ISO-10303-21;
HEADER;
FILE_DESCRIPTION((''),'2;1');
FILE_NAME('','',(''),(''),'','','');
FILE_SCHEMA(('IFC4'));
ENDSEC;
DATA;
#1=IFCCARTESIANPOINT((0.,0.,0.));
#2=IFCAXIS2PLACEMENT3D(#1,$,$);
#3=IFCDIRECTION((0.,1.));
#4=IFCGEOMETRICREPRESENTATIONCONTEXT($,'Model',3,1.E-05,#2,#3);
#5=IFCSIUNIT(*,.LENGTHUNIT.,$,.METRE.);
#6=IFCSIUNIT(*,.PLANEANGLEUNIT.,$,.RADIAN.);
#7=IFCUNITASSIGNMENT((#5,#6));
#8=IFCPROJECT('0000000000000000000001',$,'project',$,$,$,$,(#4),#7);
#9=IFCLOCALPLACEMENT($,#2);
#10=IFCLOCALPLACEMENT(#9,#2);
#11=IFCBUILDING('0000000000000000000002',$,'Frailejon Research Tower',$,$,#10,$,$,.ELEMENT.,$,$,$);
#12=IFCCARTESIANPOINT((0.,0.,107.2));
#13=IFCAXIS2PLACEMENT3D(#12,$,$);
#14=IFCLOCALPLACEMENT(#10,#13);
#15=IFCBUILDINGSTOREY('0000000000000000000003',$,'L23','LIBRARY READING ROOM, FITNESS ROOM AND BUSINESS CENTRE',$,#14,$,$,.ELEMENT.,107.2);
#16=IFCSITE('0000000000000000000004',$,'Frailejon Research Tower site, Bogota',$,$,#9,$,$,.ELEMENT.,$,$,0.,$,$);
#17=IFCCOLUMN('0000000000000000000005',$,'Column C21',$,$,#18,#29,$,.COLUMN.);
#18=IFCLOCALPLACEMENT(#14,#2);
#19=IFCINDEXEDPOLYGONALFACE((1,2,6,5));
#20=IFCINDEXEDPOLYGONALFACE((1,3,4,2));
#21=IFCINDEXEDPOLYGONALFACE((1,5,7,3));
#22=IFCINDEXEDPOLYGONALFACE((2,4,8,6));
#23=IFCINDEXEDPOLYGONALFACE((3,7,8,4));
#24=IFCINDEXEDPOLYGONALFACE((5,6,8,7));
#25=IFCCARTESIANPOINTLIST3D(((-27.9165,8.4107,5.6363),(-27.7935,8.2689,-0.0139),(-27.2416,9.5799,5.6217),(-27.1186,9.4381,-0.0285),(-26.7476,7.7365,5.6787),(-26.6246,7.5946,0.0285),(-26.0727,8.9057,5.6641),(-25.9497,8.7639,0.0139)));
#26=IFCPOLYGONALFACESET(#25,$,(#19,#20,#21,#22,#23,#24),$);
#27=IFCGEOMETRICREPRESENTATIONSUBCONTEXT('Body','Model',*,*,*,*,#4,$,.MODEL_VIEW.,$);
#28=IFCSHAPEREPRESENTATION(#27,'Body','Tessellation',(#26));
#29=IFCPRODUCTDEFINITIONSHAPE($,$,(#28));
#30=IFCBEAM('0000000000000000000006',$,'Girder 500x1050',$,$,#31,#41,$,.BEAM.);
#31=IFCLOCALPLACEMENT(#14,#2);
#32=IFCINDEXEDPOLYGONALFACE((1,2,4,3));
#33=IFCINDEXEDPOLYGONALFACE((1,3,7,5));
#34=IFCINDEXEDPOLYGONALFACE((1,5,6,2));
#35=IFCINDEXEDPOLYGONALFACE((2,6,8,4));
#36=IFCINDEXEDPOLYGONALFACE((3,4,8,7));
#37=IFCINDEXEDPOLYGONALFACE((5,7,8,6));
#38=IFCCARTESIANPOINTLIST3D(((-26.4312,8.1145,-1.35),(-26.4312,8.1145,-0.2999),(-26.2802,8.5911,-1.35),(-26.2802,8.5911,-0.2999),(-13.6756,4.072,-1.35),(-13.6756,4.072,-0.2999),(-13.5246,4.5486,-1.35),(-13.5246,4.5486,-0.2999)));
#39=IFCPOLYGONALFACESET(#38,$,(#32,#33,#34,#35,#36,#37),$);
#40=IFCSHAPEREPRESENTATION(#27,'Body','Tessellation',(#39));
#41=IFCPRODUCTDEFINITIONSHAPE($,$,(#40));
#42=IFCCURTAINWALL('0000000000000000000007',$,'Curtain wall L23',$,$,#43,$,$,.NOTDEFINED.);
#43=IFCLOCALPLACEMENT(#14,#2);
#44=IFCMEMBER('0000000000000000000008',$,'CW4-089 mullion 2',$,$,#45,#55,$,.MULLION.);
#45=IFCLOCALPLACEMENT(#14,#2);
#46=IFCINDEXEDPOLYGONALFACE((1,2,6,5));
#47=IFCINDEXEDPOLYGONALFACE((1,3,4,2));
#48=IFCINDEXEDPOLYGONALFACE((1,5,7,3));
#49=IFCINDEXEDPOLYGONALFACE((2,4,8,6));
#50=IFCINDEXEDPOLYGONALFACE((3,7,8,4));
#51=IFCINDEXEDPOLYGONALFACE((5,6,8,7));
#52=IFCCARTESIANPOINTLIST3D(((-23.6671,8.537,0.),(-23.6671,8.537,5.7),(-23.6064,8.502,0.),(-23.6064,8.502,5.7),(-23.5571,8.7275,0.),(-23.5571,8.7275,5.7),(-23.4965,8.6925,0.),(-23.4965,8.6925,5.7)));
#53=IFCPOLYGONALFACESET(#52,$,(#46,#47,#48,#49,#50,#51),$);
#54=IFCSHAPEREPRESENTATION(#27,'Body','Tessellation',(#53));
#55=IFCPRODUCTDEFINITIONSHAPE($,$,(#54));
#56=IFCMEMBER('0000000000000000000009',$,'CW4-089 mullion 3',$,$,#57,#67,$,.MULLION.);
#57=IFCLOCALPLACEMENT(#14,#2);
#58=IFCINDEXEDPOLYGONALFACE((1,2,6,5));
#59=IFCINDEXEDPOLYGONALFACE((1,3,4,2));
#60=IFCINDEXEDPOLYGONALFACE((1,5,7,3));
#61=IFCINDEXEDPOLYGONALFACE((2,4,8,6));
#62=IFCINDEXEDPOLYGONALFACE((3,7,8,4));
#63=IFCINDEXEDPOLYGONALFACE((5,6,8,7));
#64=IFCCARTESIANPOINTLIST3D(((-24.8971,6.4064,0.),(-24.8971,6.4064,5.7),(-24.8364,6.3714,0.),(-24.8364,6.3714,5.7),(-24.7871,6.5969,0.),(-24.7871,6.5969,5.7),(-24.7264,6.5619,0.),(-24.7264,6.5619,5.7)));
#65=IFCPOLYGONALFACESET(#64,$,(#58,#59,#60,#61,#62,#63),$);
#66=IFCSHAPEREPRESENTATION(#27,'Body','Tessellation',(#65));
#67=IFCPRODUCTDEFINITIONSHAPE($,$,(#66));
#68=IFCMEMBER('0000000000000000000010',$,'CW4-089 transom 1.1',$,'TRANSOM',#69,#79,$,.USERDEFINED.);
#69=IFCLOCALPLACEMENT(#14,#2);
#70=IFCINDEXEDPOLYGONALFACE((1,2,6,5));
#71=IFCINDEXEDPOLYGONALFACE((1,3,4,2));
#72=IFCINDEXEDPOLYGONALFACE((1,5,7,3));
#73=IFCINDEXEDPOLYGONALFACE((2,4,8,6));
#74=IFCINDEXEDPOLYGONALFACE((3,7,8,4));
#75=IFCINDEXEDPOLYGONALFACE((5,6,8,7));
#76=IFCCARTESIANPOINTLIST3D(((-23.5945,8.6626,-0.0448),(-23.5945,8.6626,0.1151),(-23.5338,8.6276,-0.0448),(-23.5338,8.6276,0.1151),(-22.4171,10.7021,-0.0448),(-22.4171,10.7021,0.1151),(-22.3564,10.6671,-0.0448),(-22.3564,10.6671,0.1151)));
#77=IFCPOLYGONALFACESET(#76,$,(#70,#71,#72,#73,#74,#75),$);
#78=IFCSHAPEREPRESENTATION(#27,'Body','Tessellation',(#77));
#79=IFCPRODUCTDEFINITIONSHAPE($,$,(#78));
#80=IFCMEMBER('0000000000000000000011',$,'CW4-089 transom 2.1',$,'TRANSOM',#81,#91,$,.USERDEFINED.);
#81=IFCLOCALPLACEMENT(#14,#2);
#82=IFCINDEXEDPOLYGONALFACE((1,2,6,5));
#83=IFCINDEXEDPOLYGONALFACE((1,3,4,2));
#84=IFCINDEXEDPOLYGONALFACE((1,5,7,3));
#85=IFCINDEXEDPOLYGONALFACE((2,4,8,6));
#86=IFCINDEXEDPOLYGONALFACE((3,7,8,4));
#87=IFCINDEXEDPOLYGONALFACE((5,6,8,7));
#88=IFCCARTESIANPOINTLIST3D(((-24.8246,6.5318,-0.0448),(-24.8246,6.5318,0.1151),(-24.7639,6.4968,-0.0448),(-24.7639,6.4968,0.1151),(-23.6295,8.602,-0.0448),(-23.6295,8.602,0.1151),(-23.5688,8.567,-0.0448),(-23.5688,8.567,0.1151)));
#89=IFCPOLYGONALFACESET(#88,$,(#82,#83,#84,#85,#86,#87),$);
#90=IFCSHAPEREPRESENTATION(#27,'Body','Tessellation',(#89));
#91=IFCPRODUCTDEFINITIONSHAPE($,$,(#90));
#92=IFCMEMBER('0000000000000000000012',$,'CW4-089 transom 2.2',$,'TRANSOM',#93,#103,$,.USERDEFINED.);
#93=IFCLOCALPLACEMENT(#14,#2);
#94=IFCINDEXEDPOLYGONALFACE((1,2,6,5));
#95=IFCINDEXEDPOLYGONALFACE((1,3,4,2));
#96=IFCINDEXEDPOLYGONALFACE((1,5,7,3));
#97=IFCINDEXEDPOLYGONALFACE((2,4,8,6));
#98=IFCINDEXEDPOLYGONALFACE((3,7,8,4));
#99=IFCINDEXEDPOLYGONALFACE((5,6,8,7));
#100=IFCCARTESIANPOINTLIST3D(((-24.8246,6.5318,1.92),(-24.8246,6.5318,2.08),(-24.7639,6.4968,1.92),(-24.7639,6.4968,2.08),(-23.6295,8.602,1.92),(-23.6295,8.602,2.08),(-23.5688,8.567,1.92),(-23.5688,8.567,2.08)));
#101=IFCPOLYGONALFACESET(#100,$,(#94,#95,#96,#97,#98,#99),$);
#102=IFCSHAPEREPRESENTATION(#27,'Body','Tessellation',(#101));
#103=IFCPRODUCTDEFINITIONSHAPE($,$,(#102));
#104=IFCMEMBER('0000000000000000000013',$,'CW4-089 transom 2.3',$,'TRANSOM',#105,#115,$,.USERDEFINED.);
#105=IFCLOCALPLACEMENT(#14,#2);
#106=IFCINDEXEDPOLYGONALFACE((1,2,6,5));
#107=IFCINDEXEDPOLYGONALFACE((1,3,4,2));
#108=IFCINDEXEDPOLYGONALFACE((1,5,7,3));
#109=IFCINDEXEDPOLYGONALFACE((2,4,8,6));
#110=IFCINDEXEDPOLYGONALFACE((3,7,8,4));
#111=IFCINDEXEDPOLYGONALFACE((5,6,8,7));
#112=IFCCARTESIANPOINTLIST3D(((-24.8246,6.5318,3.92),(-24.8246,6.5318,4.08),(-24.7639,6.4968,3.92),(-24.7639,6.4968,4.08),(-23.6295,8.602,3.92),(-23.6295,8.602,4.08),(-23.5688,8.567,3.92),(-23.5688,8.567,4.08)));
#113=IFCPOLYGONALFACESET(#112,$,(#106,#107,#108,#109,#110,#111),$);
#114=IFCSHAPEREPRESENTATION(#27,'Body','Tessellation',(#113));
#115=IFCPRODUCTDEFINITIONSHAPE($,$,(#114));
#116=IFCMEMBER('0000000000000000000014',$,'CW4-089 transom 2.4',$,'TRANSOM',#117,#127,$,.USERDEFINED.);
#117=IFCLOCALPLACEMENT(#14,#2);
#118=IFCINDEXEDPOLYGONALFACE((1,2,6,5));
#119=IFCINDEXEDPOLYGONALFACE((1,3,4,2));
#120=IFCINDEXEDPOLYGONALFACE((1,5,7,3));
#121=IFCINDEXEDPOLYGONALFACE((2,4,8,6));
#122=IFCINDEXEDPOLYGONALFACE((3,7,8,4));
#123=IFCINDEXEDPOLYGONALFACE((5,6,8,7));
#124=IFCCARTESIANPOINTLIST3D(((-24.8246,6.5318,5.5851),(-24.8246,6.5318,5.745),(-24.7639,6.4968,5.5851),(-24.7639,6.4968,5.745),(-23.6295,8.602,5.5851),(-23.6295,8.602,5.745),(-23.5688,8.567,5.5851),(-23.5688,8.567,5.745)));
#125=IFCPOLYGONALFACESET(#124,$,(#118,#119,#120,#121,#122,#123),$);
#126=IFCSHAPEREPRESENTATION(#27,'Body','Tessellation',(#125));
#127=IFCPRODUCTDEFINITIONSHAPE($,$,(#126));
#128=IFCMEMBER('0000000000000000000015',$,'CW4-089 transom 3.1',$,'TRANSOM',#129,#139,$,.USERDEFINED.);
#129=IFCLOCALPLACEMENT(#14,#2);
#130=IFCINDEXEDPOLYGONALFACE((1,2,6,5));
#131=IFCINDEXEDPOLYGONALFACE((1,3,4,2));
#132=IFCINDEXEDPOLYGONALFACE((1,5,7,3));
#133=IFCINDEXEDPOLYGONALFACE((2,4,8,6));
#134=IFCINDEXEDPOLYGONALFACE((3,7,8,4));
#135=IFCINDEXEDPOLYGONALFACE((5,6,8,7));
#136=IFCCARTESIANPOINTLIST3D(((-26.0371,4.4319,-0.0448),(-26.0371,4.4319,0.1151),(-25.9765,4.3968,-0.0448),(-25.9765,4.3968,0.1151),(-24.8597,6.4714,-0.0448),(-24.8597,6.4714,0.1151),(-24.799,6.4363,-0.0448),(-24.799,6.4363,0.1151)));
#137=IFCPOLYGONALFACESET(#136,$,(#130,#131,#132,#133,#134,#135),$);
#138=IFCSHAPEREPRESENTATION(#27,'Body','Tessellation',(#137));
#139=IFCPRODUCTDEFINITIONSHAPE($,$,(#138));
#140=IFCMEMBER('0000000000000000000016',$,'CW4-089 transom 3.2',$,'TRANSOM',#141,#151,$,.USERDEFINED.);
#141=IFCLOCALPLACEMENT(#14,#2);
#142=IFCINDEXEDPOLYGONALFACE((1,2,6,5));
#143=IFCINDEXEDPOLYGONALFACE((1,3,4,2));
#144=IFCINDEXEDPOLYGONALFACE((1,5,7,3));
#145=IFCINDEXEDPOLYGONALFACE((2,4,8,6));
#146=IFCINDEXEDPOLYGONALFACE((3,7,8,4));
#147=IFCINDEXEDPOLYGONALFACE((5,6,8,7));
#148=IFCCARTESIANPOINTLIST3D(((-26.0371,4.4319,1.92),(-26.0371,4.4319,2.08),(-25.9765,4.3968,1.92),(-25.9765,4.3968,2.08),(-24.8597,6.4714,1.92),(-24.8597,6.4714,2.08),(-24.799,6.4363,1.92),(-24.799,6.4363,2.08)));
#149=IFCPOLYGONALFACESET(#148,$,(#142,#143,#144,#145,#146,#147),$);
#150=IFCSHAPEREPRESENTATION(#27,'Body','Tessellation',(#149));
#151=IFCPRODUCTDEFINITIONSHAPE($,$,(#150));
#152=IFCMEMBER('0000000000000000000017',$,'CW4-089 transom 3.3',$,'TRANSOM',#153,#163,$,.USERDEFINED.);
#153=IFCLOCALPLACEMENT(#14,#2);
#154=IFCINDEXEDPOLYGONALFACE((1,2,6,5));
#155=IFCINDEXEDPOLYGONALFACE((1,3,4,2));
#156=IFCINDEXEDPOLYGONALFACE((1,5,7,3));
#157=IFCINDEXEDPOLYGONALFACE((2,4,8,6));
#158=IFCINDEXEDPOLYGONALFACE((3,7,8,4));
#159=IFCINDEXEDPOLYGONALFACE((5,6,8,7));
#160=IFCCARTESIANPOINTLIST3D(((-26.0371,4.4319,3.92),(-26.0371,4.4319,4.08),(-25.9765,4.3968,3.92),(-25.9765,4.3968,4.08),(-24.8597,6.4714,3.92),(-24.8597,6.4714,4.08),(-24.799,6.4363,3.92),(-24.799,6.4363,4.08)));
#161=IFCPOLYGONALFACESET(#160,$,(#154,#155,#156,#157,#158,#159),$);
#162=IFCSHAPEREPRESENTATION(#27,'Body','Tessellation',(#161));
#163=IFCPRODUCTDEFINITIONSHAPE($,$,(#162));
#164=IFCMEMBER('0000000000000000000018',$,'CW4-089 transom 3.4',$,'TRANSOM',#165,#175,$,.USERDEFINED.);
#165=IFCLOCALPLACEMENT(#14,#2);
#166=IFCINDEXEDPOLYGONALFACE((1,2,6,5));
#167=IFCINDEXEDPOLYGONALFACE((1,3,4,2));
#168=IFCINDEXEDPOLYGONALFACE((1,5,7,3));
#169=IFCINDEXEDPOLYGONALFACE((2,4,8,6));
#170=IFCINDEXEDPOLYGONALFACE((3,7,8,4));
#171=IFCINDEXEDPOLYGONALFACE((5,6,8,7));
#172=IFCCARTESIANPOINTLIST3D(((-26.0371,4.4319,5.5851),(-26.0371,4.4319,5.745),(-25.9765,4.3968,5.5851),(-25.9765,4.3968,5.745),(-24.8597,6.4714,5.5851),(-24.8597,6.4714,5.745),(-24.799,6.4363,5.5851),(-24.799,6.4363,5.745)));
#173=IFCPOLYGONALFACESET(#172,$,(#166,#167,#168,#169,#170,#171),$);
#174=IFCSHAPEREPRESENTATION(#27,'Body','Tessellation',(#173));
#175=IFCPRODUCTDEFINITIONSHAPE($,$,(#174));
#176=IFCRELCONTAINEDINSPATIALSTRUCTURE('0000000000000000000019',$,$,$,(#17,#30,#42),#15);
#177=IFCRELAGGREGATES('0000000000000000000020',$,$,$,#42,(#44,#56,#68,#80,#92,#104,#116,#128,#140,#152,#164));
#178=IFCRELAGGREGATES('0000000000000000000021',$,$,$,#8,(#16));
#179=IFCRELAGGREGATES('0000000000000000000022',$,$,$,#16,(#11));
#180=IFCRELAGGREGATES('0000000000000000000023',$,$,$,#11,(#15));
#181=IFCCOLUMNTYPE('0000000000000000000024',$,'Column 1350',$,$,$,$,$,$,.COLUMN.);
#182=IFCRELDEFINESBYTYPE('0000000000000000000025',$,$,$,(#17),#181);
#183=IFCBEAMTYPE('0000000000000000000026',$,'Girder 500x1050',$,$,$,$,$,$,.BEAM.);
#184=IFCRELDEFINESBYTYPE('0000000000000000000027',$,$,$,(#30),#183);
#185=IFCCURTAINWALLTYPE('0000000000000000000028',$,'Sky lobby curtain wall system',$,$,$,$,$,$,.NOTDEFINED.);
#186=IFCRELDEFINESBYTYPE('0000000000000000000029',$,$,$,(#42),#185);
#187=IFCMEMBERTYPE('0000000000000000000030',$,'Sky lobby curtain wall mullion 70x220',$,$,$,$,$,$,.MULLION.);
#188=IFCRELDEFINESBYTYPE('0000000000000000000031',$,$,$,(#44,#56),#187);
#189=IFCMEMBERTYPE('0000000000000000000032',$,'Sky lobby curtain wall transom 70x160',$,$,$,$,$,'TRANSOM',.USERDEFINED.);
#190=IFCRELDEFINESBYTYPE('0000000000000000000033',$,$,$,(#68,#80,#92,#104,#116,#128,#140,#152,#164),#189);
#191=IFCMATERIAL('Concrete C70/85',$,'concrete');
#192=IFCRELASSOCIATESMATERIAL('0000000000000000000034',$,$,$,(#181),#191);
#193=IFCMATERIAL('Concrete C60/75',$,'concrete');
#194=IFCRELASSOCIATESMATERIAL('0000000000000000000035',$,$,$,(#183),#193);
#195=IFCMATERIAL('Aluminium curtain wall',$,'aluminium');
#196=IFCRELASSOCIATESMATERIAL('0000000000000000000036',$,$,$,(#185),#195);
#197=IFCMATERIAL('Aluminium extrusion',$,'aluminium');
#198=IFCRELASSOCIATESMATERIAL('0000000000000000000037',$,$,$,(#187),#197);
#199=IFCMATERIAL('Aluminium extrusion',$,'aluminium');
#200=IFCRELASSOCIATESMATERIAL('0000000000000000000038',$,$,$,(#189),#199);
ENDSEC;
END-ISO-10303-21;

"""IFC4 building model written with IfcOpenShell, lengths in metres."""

from ifc_helpers import new_model, si_unit, direction, frame, origin, origin_2d, place, context, subcontext, project, spatial, rectangle, extrude, material, material_profile, profile_set, type_object, element, aggregate, save


model = new_model("IFC4")

# Units and contexts
model_context = context("Model", 3, precision=1e-05, world=origin(), true_north=direction((0.0, 1.0)))
body_context = subcontext(model_context, "Body", "Model", "MODEL_VIEW")
ifc_project = project(units=[si_unit("LENGTHUNIT", "METRE"), si_unit("PLANEANGLEUNIT", "RADIAN")], contexts=[model_context])

# Site, building, storey
site_placement = place(None, origin())
site = spatial("IfcSite", under=ifc_project, at=site_placement, Name="Frailejon Research Tower site, Bogota", CompositionType="ELEMENT", RefElevation=0.0)
building_placement = place(site_placement, origin())
building = spatial("IfcBuilding", under=site, at=building_placement, Name="Frailejon Research Tower", CompositionType="ELEMENT")
storey_placement = place(building_placement, frame((0.0, 0.0, 107.2)))
storey = spatial("IfcBuildingStorey", under=building, at=storey_placement, Name="L23", Description="LIBRARY READING ROOM, FITNESS ROOM AND BUSINESS CENTRE", CompositionType="ELEMENT", Elevation=107.2)

# Column
ifc_material_1 = material(Name="Concrete C70/85", Category="concrete")
ifc_material_profile_1 = material_profile(ifc_material_1, rectangle(XDim=1.3501, YDim=1.3501, at=origin_2d()), Name="Column 1350")
ifc_profile_set_1 = profile_set([ifc_material_profile_1], Name="Concrete C70/85")
column_type = type_object("IfcColumnType", Name="Column 1350", PredefinedType="COLUMN", material=ifc_profile_set_1)
column_placement = place(storey_placement, frame((-26.8716, 8.5164, 0.0), z_axis=(-0.021766, 0.025091, 0.999448), x_axis=(-0.499891, -0.866021, 0.010855)))
element("IfcColumn", 1, at=column_placement, inside=storey, type_object=column_type, Name="Column C21", PredefinedType="COLUMN", context=body_context, shape_type="SweptSolid", body=[
    extrude(rectangle(XDim=1.3501, YDim=1.3501, at=origin_2d()), origin(), (0.0, 0.0, 1.0), 5.6533),
])

# Beam
ifc_material_2 = material(Name="Concrete C60/75", Category="concrete")
ifc_material_profile_2 = material_profile(ifc_material_2, rectangle(XDim=0.5, YDim=1.05, at=origin_2d()), Name="Girder 500x1050")
ifc_profile_set_2 = profile_set([ifc_material_profile_2], Name="Concrete C60/75")
beam_type_1 = type_object("IfcBeamType", Name="Girder 500x1050", PredefinedType="BEAM", material=ifc_profile_set_2)
beam_1_placement = place(storey_placement, frame((-26.3557, 8.3528, -0.825), z_axis=(0.953273, -0.302109, 0.0), x_axis=(0.302109, 0.953273, 0.0)))
element("IfcBeam", 2, at=beam_1_placement, inside=storey, type_object=beam_type_1, Name="Girder 500x1050", PredefinedType="BEAM", context=body_context, shape_type="SweptSolid", body=[
    extrude(rectangle(XDim=0.5, YDim=1.05, at=origin_2d()), origin(), (0.0, 0.0, 1.0), 13.3809),
])

# Curtain wall, members
ifc_material_3 = material(Name="Aluminium curtain wall", Category="aluminium")
curtain_wall_type = type_object("IfcCurtainWallType", Name="Sky lobby curtain wall system", PredefinedType="NOTDEFINED", material=ifc_material_3)
curtain_wall_placement = place(storey_placement, origin())
curtain_wall = element("IfcCurtainWall", 3, at=curtain_wall_placement, inside=storey, type_object=curtain_wall_type, Name="Curtain wall L23", PredefinedType="NOTDEFINED")
ifc_material_4 = material(Name="Aluminium extrusion", Category="aluminium")
ifc_material_profile_3 = material_profile(ifc_material_4, rectangle(XDim=0.0701, YDim=0.22, at=origin_2d()), Name="Sky lobby curtain wall mullion 70x220")
ifc_profile_set_3 = profile_set([ifc_material_profile_3], Name="Aluminium extrusion")
member_type_1 = type_object("IfcMemberType", Name="Sky lobby curtain wall mullion 70x220", PredefinedType="MULLION", material=ifc_profile_set_3)
member_1_placement = place(storey_placement, frame((-23.5818, 8.6147, 0.0), z_axis=(0.0, 0.0, 1.0), x_axis=(0.866028, -0.499995, 0.0)))
member_1 = element("IfcMember", 4, at=member_1_placement, type_object=member_type_1, Name="CW4-089 mullion 2", PredefinedType="MULLION", context=body_context, shape_type="SweptSolid", body=[
    extrude(rectangle(XDim=0.0701, YDim=0.22, at=origin_2d()), origin(), (0.0, 0.0, 1.0), 5.7),
])
member_2_placement = place(storey_placement, frame((-24.8118, 6.4841, 0.0), z_axis=(0.0, 0.0, 1.0), x_axis=(0.866028, -0.499995, 0.0)))
member_2 = element("IfcMember", 5, at=member_2_placement, type_object=member_type_1, Name="CW4-089 mullion 3", PredefinedType="MULLION", context=body_context, shape_type="SweptSolid", body=[
    extrude(rectangle(XDim=0.0701, YDim=0.22, at=origin_2d()), origin(), (0.0, 0.0, 1.0), 5.7),
])
ifc_material_5 = material(Name="Aluminium extrusion", Category="aluminium")
ifc_material_profile_4 = material_profile(ifc_material_5, rectangle(XDim=0.0701, YDim=0.1599, at=origin_2d()), Name="Sky lobby curtain wall transom 70x160")
ifc_profile_set_4 = profile_set([ifc_material_profile_4], Name="Aluminium extrusion")
member_type_2 = type_object("IfcMemberType", Name="Sky lobby curtain wall transom 70x160", ElementType="TRANSOM", PredefinedType="USERDEFINED", material=ifc_profile_set_4)
member_3_placement = place(storey_placement, frame((-22.3867, 10.6846, 0.0352), z_axis=(-0.499986, -0.866034, 0.0), x_axis=(0.866034, -0.499986, 0.0)))
member_3 = element("IfcMember", 6, at=member_3_placement, type_object=member_type_2, Name="CW4-089 transom 1.1", ObjectType="TRANSOM", PredefinedType="USERDEFINED", context=body_context, shape_type="SweptSolid", body=[
    extrude(rectangle(XDim=0.0701, YDim=0.1599, at=origin_2d()), origin(), (0.0, 0.0, 1.0), 2.355),
])
member_4_placement = place(storey_placement, frame((-23.5991, 8.5845, 0.0352), z_axis=(-0.499973, -0.866041, 0.0), x_axis=(0.866041, -0.499973, 0.0)))
member_4 = element("IfcMember", 7, at=member_4_placement, type_object=member_type_2, Name="CW4-089 transom 2.1", ObjectType="TRANSOM", PredefinedType="USERDEFINED", context=body_context, shape_type="SweptSolid", body=[
    extrude(rectangle(XDim=0.0701, YDim=0.1599, at=origin_2d()), origin(), (0.0, 0.0, 1.0), 2.3904),
])
member_5_placement = place(storey_placement, frame((-23.5991, 8.5845, 2.0), z_axis=(-0.499973, -0.866041, 0.0), x_axis=(0.866041, -0.499973, 0.0)))
member_5 = element("IfcMember", 8, at=member_5_placement, type_object=member_type_2, Name="CW4-089 transom 2.2", ObjectType="TRANSOM", PredefinedType="USERDEFINED", context=body_context, shape_type="SweptSolid", body=[
    extrude(rectangle(XDim=0.0701, YDim=0.1599, at=origin_2d()), origin(), (0.0, 0.0, 1.0), 2.3904),
])
member_6_placement = place(storey_placement, frame((-23.5991, 8.5845, 4.0), z_axis=(-0.499973, -0.866041, 0.0), x_axis=(0.866041, -0.499973, 0.0)))
member_6 = element("IfcMember", 9, at=member_6_placement, type_object=member_type_2, Name="CW4-089 transom 2.3", ObjectType="TRANSOM", PredefinedType="USERDEFINED", context=body_context, shape_type="SweptSolid", body=[
    extrude(rectangle(XDim=0.0701, YDim=0.1599, at=origin_2d()), origin(), (0.0, 0.0, 1.0), 2.3904),
])
member_7_placement = place(storey_placement, frame((-23.5991, 8.5845, 5.665), z_axis=(-0.499973, -0.866041, 0.0), x_axis=(0.866041, -0.499973, 0.0)))
member_7 = element("IfcMember", 10, at=member_7_placement, type_object=member_type_2, Name="CW4-089 transom 2.4", ObjectType="TRANSOM", PredefinedType="USERDEFINED", context=body_context, shape_type="SweptSolid", body=[
    extrude(rectangle(XDim=0.0701, YDim=0.1599, at=origin_2d()), origin(), (0.0, 0.0, 1.0), 2.3904),
])
member_8_placement = place(storey_placement, frame((-24.8293, 6.4539, 0.0352), z_axis=(-0.499986, -0.866034, 0.0), x_axis=(0.866034, -0.499986, 0.0)))
member_8 = element("IfcMember", 11, at=member_8_placement, type_object=member_type_2, Name="CW4-089 transom 3.1", ObjectType="TRANSOM", PredefinedType="USERDEFINED", context=body_context, shape_type="SweptSolid", body=[
    extrude(rectangle(XDim=0.0701, YDim=0.1599, at=origin_2d()), origin(), (0.0, 0.0, 1.0), 2.355),
])
member_9_placement = place(storey_placement, frame((-24.8293, 6.4539, 2.0), z_axis=(-0.499986, -0.866034, 0.0), x_axis=(0.866034, -0.499986, 0.0)))
member_9 = element("IfcMember", 12, at=member_9_placement, type_object=member_type_2, Name="CW4-089 transom 3.2", ObjectType="TRANSOM", PredefinedType="USERDEFINED", context=body_context, shape_type="SweptSolid", body=[
    extrude(rectangle(XDim=0.0701, YDim=0.1599, at=origin_2d()), origin(), (0.0, 0.0, 1.0), 2.355),
])
member_10_placement = place(storey_placement, frame((-24.8293, 6.4539, 4.0), z_axis=(-0.499986, -0.866034, 0.0), x_axis=(0.866034, -0.499986, 0.0)))
member_10 = element("IfcMember", 13, at=member_10_placement, type_object=member_type_2, Name="CW4-089 transom 3.3", ObjectType="TRANSOM", PredefinedType="USERDEFINED", context=body_context, shape_type="SweptSolid", body=[
    extrude(rectangle(XDim=0.0701, YDim=0.1599, at=origin_2d()), origin(), (0.0, 0.0, 1.0), 2.355),
])
member_11_placement = place(storey_placement, frame((-24.8293, 6.4539, 5.665), z_axis=(-0.499986, -0.866034, 0.0), x_axis=(0.866034, -0.499986, 0.0)))
member_11 = element("IfcMember", 14, at=member_11_placement, type_object=member_type_2, Name="CW4-089 transom 3.4", ObjectType="TRANSOM", PredefinedType="USERDEFINED", context=body_context, shape_type="SweptSolid", body=[
    extrude(rectangle(XDim=0.0701, YDim=0.1599, at=origin_2d()), origin(), (0.0, 0.0, 1.0), 2.355),
])

aggregate(curtain_wall, [member_1, member_2, member_3, member_4, member_5, member_6, member_7, member_8, member_9, member_10, member_11])

save(model, "model.ifc")
